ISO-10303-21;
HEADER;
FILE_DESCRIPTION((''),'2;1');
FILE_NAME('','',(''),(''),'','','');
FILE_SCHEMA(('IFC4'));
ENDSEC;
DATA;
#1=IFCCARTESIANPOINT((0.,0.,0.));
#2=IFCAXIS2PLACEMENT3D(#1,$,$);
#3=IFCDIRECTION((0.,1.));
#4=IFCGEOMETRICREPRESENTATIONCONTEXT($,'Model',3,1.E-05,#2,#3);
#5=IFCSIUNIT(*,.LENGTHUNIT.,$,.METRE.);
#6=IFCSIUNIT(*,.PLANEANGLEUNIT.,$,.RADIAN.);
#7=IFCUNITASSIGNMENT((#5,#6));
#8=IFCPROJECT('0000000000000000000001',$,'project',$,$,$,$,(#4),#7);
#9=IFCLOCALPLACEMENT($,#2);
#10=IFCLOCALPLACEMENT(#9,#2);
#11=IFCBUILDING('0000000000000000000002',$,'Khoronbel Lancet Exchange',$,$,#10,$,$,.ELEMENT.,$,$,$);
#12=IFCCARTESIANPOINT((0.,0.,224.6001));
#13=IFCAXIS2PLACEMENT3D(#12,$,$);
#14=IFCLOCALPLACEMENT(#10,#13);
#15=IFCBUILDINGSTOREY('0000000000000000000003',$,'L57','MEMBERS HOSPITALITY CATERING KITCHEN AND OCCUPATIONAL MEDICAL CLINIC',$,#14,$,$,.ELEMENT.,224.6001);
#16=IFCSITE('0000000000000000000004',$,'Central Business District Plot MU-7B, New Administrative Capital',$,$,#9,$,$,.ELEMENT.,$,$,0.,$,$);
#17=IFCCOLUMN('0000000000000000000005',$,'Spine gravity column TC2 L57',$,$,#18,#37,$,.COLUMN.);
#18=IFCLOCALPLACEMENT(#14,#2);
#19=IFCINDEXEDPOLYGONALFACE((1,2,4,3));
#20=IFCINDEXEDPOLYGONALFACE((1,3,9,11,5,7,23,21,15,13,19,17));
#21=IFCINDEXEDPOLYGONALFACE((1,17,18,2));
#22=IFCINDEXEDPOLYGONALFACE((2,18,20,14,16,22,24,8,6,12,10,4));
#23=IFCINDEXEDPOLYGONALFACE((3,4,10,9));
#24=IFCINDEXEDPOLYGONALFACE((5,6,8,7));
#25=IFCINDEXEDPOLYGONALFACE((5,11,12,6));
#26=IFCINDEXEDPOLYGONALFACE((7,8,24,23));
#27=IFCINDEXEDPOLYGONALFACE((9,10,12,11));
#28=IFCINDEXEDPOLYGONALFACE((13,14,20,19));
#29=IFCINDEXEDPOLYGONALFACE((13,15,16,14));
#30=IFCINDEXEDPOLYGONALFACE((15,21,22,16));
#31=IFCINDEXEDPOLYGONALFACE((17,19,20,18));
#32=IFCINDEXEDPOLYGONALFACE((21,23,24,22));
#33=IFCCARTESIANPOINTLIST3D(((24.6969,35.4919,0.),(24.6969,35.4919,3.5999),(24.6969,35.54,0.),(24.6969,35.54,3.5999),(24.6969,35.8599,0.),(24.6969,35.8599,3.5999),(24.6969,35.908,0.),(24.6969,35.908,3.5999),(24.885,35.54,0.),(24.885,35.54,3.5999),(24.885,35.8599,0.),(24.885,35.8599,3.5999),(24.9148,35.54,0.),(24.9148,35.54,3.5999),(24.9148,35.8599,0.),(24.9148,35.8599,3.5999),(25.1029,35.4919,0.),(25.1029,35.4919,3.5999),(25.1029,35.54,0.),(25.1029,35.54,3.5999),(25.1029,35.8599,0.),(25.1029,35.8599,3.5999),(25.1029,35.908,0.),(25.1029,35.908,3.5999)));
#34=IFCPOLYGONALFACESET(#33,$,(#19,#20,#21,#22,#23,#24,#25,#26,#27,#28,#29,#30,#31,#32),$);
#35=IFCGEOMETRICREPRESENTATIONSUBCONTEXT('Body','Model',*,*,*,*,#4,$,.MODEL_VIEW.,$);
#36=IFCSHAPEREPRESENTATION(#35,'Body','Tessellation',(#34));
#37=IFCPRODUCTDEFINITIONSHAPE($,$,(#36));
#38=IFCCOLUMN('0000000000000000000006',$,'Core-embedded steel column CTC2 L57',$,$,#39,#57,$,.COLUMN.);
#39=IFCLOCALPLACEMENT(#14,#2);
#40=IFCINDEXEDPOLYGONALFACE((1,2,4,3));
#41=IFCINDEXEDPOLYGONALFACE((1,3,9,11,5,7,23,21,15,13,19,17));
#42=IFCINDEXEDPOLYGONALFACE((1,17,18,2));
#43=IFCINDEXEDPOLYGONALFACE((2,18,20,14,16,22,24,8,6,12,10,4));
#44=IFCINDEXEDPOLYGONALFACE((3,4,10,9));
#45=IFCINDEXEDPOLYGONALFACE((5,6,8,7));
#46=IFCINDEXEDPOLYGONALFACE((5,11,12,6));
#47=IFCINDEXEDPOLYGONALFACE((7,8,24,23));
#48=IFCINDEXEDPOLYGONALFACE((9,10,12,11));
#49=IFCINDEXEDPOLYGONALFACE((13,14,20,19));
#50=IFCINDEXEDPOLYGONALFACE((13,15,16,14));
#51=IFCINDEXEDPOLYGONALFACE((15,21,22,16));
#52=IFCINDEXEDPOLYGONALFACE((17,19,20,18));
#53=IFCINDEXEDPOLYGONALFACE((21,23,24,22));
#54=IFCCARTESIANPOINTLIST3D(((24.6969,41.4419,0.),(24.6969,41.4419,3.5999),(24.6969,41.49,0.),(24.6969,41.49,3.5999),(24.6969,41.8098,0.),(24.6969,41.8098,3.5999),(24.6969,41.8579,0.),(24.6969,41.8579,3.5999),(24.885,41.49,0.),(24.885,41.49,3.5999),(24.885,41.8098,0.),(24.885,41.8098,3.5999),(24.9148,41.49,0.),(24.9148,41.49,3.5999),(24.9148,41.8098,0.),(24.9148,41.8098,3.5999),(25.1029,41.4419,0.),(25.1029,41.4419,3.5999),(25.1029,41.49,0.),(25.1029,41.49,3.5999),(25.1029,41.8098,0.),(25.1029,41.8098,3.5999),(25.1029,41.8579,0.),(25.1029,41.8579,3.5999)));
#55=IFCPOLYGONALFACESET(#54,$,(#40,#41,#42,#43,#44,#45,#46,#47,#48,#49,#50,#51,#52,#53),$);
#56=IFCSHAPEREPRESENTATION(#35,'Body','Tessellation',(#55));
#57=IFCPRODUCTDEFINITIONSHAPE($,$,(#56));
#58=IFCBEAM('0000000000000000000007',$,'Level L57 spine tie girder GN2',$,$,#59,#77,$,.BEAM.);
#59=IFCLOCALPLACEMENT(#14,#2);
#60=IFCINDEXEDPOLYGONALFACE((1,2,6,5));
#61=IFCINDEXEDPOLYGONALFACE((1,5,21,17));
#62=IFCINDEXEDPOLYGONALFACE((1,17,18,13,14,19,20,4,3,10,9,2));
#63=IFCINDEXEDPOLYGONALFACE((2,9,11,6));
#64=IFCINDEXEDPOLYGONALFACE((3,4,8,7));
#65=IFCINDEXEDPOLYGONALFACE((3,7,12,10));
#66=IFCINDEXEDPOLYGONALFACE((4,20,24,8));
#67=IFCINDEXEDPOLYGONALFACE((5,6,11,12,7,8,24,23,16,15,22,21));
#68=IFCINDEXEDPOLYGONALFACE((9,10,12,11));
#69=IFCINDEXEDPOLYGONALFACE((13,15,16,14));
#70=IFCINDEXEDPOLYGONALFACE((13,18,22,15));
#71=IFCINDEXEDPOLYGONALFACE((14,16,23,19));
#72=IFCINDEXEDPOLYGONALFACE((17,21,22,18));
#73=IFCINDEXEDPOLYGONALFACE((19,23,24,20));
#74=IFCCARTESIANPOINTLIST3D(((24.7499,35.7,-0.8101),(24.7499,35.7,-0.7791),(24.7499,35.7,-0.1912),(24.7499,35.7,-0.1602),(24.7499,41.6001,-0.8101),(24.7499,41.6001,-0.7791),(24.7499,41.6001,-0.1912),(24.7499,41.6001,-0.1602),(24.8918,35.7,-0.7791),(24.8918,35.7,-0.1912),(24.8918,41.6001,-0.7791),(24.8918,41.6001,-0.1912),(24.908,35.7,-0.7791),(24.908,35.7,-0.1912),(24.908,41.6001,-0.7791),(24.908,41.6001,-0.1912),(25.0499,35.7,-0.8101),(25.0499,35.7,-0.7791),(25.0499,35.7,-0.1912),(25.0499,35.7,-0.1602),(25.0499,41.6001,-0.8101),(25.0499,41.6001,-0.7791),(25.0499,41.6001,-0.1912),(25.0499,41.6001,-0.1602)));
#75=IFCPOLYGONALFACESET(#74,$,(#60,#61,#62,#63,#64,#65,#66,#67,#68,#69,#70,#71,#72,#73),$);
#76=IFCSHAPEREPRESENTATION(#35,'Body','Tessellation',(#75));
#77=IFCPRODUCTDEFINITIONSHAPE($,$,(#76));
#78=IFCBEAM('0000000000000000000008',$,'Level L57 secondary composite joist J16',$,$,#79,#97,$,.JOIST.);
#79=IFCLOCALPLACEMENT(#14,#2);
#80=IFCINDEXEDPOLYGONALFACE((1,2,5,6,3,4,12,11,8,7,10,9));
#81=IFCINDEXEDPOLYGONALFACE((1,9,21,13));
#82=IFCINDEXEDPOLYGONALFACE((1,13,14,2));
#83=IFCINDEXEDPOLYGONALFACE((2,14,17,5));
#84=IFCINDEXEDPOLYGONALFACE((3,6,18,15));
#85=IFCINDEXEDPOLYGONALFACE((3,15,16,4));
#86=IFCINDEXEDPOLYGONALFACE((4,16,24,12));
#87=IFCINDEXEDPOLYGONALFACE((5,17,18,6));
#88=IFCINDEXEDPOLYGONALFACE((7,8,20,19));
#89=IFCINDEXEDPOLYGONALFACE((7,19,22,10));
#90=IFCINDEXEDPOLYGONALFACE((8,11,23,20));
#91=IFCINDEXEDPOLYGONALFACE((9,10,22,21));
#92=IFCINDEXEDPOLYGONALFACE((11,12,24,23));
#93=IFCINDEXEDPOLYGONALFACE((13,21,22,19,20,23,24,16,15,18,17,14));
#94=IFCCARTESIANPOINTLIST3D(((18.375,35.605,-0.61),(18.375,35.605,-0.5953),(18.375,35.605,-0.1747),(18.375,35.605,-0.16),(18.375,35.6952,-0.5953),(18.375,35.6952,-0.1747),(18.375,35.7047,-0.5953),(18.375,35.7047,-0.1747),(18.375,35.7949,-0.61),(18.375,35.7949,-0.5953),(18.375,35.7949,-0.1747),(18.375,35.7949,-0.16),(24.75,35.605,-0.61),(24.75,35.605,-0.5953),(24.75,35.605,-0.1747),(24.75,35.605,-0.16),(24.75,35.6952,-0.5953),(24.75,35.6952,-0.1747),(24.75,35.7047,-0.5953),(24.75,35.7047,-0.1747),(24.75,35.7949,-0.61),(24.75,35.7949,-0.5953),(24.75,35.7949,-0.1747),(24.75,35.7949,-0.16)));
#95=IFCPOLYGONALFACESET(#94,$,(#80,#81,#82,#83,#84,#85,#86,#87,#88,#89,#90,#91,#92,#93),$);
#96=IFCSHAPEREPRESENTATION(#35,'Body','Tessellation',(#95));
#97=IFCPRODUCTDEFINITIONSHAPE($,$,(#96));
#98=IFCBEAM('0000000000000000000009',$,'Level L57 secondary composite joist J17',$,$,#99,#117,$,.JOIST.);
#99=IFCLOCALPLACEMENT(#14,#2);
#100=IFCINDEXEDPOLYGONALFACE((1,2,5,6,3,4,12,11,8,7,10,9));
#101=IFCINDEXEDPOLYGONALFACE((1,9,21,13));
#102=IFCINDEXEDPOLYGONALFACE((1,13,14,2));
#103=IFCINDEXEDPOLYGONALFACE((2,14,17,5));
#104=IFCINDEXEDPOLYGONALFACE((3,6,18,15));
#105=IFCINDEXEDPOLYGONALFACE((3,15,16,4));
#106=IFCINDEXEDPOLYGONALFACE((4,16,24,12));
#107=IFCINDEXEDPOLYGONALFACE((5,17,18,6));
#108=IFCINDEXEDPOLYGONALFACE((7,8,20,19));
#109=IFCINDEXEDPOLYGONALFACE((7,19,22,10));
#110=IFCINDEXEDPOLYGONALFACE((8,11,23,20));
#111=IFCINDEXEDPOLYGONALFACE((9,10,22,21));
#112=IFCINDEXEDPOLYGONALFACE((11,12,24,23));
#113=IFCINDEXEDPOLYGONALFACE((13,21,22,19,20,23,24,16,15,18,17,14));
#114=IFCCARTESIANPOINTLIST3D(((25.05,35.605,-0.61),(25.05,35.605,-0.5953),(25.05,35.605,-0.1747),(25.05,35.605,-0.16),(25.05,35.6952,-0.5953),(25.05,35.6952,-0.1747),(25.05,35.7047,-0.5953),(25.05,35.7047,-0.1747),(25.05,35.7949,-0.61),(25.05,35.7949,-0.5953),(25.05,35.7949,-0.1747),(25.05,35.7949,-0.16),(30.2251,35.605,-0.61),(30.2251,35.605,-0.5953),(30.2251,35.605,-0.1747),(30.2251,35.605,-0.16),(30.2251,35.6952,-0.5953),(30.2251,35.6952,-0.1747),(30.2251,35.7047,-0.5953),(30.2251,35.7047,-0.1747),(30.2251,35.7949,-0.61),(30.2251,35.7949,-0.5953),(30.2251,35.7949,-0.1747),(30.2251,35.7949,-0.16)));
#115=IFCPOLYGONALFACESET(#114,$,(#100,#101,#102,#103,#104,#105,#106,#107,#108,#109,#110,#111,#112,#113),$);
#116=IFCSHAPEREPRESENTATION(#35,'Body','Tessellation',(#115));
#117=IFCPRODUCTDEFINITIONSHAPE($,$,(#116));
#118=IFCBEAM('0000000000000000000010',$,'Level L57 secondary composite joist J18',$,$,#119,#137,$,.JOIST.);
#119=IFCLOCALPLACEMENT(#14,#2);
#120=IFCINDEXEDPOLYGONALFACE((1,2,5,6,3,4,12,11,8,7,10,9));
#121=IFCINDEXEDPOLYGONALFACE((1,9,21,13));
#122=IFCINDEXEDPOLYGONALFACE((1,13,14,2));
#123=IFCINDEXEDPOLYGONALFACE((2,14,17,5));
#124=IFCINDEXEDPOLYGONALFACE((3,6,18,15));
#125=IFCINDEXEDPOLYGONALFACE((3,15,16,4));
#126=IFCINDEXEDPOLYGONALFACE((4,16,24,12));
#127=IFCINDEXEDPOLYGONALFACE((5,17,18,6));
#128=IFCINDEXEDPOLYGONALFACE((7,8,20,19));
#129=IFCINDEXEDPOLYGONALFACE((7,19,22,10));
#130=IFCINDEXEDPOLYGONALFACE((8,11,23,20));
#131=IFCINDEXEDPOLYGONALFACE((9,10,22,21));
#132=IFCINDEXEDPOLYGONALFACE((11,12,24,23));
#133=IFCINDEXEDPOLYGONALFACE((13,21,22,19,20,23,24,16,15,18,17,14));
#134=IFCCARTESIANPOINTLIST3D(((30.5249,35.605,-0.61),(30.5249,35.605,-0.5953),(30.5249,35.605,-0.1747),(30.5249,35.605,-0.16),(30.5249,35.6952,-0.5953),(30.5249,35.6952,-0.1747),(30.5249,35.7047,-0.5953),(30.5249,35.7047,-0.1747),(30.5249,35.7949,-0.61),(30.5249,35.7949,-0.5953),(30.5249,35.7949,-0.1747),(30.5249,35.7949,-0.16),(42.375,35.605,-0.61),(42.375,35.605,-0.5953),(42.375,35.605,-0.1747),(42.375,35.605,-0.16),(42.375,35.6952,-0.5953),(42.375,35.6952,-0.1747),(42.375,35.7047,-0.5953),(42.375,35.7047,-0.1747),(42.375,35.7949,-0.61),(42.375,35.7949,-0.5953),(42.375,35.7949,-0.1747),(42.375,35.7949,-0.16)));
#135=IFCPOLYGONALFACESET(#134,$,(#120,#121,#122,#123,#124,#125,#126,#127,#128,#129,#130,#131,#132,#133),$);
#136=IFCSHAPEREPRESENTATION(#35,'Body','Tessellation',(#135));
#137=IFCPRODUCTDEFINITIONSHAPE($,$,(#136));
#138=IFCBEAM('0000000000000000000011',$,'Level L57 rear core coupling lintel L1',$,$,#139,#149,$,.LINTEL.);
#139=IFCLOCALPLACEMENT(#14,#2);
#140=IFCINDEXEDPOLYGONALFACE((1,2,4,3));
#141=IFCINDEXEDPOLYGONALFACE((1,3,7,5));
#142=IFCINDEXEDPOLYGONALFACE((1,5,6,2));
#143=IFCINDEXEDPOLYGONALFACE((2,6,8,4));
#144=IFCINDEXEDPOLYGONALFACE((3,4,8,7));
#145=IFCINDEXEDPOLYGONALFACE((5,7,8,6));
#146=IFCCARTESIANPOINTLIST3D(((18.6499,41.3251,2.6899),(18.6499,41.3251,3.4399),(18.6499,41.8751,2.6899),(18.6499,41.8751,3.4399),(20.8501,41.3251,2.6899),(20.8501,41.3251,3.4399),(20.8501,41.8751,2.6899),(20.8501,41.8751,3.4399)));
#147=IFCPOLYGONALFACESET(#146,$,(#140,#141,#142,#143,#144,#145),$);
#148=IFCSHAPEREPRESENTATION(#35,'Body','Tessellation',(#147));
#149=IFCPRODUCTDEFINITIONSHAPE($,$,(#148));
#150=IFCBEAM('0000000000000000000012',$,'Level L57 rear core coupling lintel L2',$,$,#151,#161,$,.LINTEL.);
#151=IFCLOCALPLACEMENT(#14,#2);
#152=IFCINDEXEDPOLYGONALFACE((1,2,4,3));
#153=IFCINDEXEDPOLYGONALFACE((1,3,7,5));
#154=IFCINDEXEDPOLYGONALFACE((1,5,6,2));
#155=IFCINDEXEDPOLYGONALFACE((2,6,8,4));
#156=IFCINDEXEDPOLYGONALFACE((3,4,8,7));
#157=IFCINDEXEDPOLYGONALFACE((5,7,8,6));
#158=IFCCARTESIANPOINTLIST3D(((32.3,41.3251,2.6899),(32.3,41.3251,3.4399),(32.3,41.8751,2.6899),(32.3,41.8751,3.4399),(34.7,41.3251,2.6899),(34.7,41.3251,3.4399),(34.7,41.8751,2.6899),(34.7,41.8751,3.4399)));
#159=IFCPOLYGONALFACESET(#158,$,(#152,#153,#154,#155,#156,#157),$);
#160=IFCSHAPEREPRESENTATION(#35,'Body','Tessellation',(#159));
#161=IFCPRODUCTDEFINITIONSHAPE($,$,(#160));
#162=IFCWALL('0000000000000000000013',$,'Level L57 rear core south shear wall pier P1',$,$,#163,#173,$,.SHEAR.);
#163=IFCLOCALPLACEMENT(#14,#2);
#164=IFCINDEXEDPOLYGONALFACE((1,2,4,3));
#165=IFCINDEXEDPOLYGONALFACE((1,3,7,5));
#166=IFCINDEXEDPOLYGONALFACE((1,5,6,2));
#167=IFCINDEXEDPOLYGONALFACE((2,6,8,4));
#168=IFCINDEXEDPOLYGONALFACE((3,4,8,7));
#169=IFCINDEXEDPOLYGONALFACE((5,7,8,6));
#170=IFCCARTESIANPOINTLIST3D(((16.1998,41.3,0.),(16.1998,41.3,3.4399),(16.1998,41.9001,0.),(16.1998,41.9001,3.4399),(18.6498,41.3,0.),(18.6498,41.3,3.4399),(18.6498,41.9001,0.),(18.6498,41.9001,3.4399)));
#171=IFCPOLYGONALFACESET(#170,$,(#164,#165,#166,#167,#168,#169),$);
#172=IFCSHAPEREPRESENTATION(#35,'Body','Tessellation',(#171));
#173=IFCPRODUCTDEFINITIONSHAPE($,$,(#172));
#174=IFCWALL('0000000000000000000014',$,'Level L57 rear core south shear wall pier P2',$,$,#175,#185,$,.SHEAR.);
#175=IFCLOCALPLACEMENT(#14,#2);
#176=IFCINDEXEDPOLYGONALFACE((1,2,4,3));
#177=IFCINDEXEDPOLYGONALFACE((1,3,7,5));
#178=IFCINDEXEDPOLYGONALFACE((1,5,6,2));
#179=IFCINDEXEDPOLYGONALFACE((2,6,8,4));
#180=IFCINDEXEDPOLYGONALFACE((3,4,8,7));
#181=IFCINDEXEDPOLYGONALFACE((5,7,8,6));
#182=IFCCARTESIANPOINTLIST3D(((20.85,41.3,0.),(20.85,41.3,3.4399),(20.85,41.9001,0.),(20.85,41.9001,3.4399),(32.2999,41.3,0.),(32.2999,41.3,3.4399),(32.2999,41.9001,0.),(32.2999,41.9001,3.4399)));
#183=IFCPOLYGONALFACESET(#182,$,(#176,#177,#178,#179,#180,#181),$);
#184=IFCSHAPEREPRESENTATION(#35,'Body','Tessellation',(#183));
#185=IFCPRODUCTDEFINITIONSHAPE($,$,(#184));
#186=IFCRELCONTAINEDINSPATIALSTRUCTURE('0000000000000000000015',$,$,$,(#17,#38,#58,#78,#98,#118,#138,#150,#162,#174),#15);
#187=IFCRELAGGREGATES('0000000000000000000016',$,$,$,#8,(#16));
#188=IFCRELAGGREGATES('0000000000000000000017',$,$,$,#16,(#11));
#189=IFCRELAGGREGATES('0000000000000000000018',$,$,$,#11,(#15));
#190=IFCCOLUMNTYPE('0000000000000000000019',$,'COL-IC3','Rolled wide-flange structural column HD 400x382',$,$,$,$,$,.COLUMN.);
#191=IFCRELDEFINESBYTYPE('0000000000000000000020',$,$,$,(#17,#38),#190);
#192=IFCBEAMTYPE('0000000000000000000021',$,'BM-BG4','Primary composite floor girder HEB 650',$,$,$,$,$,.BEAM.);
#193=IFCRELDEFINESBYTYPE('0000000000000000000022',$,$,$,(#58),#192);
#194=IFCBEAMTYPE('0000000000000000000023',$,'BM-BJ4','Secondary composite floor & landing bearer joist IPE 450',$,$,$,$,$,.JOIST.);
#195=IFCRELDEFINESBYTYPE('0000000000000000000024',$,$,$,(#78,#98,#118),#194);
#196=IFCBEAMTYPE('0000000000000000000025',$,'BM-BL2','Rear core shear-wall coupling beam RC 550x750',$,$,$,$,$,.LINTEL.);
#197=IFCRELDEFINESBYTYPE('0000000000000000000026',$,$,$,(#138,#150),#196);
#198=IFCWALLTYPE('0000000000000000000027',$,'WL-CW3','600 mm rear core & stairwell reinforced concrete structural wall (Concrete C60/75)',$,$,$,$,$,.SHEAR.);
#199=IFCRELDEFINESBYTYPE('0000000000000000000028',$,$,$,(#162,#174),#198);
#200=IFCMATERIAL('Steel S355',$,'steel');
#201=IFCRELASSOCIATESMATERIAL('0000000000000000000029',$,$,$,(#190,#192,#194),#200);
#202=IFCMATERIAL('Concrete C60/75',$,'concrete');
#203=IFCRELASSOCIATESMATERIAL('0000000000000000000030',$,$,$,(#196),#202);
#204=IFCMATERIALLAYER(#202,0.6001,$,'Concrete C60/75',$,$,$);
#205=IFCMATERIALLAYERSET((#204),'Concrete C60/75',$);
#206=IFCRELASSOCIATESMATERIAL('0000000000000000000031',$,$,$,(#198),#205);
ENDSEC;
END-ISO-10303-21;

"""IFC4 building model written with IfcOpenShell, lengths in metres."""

from ifc_helpers import new_model, si_unit, direction, frame, frame_2d, origin, origin_2d, place, context, subcontext, project, spatial, rectangle, i_section, extrude, material, layer, layer_set, material_profile, profile_set, type_object, element, save


model = new_model("IFC4")

# Units and contexts
model_context = context("Model", 3, precision=1e-05, world=origin(), true_north=direction((0.0, 1.0)))
body_context = subcontext(model_context, "Body", "Model", "MODEL_VIEW")
ifc_project = project(units=[si_unit("LENGTHUNIT", "METRE"), si_unit("PLANEANGLEUNIT", "RADIAN")], contexts=[model_context])

# Site, building, storey
site_placement = place(None, origin())
site = spatial("IfcSite", under=ifc_project, at=site_placement, Name="Central Business District Plot MU-7B, New Administrative Capital", CompositionType="ELEMENT", RefElevation=0.0)
building_placement = place(site_placement, origin())
building = spatial("IfcBuilding", under=site, at=building_placement, Name="Khoronbel Lancet Exchange", CompositionType="ELEMENT")
storey_placement = place(building_placement, frame((0.0, 0.0, 224.6001)))
storey = spatial("IfcBuildingStorey", under=building, at=storey_placement, Name="L57", Description="MEMBERS HOSPITALITY CATERING KITCHEN AND OCCUPATIONAL MEDICAL CLINIC", CompositionType="ELEMENT", Elevation=224.6001)

# Columns
ifc_material_1 = material(Name="Steel S355", Category="steel")
ifc_material_profile_1 = material_profile(ifc_material_1, i_section(OverallWidth=0.406, OverallDepth=0.416, WebThickness=0.0298, FlangeThickness=0.0481, at=origin_2d()), Name="HD 400x382")
ifc_profile_set_1 = profile_set([ifc_material_profile_1], Name="Steel S355")
column_type = type_object("IfcColumnType", Name="COL-IC3", Description="Rolled wide-flange structural column HD 400x382", PredefinedType="COLUMN", material=ifc_profile_set_1)
for number, where, z_axis, x_axis, name in (
    (1, (24.8999, 35.7, 0.0), (0.0, 0.0, 1.0), (1.0, 0.0, 0.0), "Spine gravity column TC2 L57"),
    (2, (24.8999, 41.6499, 0.0), (0.0, 0.0, 1.0), (1.0, 0.0, 0.0), "Core-embedded steel column CTC2 L57"),
):
    element("IfcColumn", number, at=place(storey_placement, frame(where, z_axis=z_axis, x_axis=x_axis)), inside=storey, type_object=column_type, Name=name, PredefinedType="COLUMN", context=body_context, shape_type="SweptSolid", body=[
        extrude(i_section(OverallWidth=0.406, OverallDepth=0.416, WebThickness=0.0298, FlangeThickness=0.0481, at=origin_2d()), origin(), (0.0, 0.0, 1.0), 3.5999),
    ])

# Beams
ifc_material_profile_2 = material_profile(ifc_material_1, i_section(OverallWidth=0.3, OverallDepth=0.6499, WebThickness=0.0161, FlangeThickness=0.031, at=origin_2d()), Name="HEB 650")
ifc_profile_set_2 = profile_set([ifc_material_profile_2], Name="Steel S355")
beam_type_1 = type_object("IfcBeamType", Name="BM-BG4", Description="Primary composite floor girder HEB 650", PredefinedType="BEAM", material=ifc_profile_set_2)
beam_1_placement = place(storey_placement, frame((24.8999, 35.7, -0.4851), z_axis=(0.0, 1.0, 0.0), x_axis=(-1.0, 0.0, 0.0)))
element("IfcBeam", 3, at=beam_1_placement, inside=storey, type_object=beam_type_1, Name="Level L57 spine tie girder GN2", PredefinedType="BEAM", context=body_context, shape_type="SweptSolid", body=[
    extrude(i_section(OverallWidth=0.3, OverallDepth=0.6499, WebThickness=0.0161, FlangeThickness=0.031, at=origin_2d()), origin(), (0.0, 0.0, 1.0), 5.9001),
])
ifc_material_profile_3 = material_profile(ifc_material_1, i_section(OverallWidth=0.1899, OverallDepth=0.45, WebThickness=0.0095, FlangeThickness=0.0146, at=origin_2d()), Name="IPE 450")
ifc_profile_set_3 = profile_set([ifc_material_profile_3], Name="Steel S355")
beam_type_2 = type_object("IfcBeamType", Name="BM-BJ4", Description="Secondary composite floor & landing bearer joist IPE 450", PredefinedType="JOIST", material=ifc_profile_set_3)
beam_2_placement = place(storey_placement, frame((18.375, 35.7, -0.385), z_axis=(1.0, 0.0, 0.0), x_axis=(0.0, 1.0, 0.0)))
element("IfcBeam", 4, at=beam_2_placement, inside=storey, type_object=beam_type_2, Name="Level L57 secondary composite joist J16", PredefinedType="JOIST", context=body_context, shape_type="SweptSolid", body=[
    extrude(i_section(OverallWidth=0.1899, OverallDepth=0.45, WebThickness=0.0095, FlangeThickness=0.0146, at=origin_2d()), origin(), (0.0, 0.0, 1.0), 6.375),
])
beam_3_placement = place(storey_placement, frame((25.05, 35.7, -0.385), z_axis=(1.0, 0.0, 0.0), x_axis=(0.0, 1.0, 0.0)))
element("IfcBeam", 5, at=beam_3_placement, inside=storey, type_object=beam_type_2, Name="Level L57 secondary composite joist J17", PredefinedType="JOIST", context=body_context, shape_type="SweptSolid", body=[
    extrude(i_section(OverallWidth=0.1899, OverallDepth=0.45, WebThickness=0.0095, FlangeThickness=0.0146, at=origin_2d()), origin(), (0.0, 0.0, 1.0), 5.175),
])
beam_4_placement = place(storey_placement, frame((30.5249, 35.7, -0.385), z_axis=(1.0, 0.0, 0.0), x_axis=(0.0, 1.0, 0.0)))
element("IfcBeam", 6, at=beam_4_placement, inside=storey, type_object=beam_type_2, Name="Level L57 secondary composite joist J18", PredefinedType="JOIST", context=body_context, shape_type="SweptSolid", body=[
    extrude(i_section(OverallWidth=0.1899, OverallDepth=0.45, WebThickness=0.0095, FlangeThickness=0.0146, at=origin_2d()), origin(), (0.0, 0.0, 1.0), 11.8501),
])
ifc_material_2 = material(Name="Concrete C60/75", Category="concrete")
ifc_material_profile_4 = material_profile(ifc_material_2, rectangle(XDim=0.55, YDim=0.75, at=origin_2d()), Name="RC 550x750")
ifc_profile_set_4 = profile_set([ifc_material_profile_4], Name="Concrete C60/75")
beam_type_3 = type_object("IfcBeamType", Name="BM-BL2", Description="Rear core shear-wall coupling beam RC 550x750", PredefinedType="LINTEL", material=ifc_profile_set_4)
beam_5_placement = place(storey_placement, frame((18.6499, 41.6001, 3.0649), z_axis=(1.0, 0.0, 0.0), x_axis=(0.0, 1.0, 0.0)))
element("IfcBeam", 7, at=beam_5_placement, inside=storey, type_object=beam_type_3, Name="Level L57 rear core coupling lintel L1", PredefinedType="LINTEL", context=body_context, shape_type="SweptSolid", body=[
    extrude(rectangle(XDim=0.55, YDim=0.75, at=origin_2d()), origin(), (0.0, 0.0, 1.0), 2.2002),
])
beam_6_placement = place(storey_placement, frame((32.3, 41.6001, 3.0649), z_axis=(1.0, 0.0, 0.0), x_axis=(0.0, 1.0, 0.0)))
element("IfcBeam", 8, at=beam_6_placement, inside=storey, type_object=beam_type_3, Name="Level L57 rear core coupling lintel L2", PredefinedType="LINTEL", context=body_context, shape_type="SweptSolid", body=[
    extrude(rectangle(XDim=0.55, YDim=0.75, at=origin_2d()), origin(), (0.0, 0.0, 1.0), 2.3999),
])

# Walls
ifc_layer_1 = layer(ifc_material_2, 0.6001, Name="Concrete C60/75")
ifc_layer_set_1 = layer_set([ifc_layer_1], Name="Concrete C60/75")
wall_type_1 = type_object("IfcWallType", Name="WL-CW3", Description="600 mm rear core & stairwell reinforced concrete structural wall (Concrete C60/75)", PredefinedType="SHEAR", material=ifc_layer_set_1)
wall_1_placement = place(storey_placement, frame((18.6499, 41.6001, 0.0), z_axis=(0.0, 0.0, 1.0), x_axis=(-1.0, 0.0, 0.0)))
element("IfcWall", 9, at=wall_1_placement, inside=storey, type_object=wall_type_1, Name="Level L57 rear core south shear wall pier P1", PredefinedType="SHEAR", context=body_context, shape_type="SweptSolid", body=[
    extrude(rectangle(XDim=2.45, YDim=0.6001, at=frame_2d((1.2251, 0.0))), origin(), (0.0, 0.0, 1.0), 3.4399),
])
wall_2_placement = place(storey_placement, frame((32.3, 41.6001, 0.0), z_axis=(0.0, 0.0, 1.0), x_axis=(-1.0, 0.0, 0.0)))
element("IfcWall", 10, at=wall_2_placement, inside=storey, type_object=wall_type_1, Name="Level L57 rear core south shear wall pier P2", PredefinedType="SHEAR", context=body_context, shape_type="SweptSolid", body=[
    extrude(rectangle(XDim=11.45, YDim=0.6001, at=frame_2d((5.7251, 0.0))), origin(), (0.0, 0.0, 1.0), 3.4399),
])

save(model, "model.ifc")
